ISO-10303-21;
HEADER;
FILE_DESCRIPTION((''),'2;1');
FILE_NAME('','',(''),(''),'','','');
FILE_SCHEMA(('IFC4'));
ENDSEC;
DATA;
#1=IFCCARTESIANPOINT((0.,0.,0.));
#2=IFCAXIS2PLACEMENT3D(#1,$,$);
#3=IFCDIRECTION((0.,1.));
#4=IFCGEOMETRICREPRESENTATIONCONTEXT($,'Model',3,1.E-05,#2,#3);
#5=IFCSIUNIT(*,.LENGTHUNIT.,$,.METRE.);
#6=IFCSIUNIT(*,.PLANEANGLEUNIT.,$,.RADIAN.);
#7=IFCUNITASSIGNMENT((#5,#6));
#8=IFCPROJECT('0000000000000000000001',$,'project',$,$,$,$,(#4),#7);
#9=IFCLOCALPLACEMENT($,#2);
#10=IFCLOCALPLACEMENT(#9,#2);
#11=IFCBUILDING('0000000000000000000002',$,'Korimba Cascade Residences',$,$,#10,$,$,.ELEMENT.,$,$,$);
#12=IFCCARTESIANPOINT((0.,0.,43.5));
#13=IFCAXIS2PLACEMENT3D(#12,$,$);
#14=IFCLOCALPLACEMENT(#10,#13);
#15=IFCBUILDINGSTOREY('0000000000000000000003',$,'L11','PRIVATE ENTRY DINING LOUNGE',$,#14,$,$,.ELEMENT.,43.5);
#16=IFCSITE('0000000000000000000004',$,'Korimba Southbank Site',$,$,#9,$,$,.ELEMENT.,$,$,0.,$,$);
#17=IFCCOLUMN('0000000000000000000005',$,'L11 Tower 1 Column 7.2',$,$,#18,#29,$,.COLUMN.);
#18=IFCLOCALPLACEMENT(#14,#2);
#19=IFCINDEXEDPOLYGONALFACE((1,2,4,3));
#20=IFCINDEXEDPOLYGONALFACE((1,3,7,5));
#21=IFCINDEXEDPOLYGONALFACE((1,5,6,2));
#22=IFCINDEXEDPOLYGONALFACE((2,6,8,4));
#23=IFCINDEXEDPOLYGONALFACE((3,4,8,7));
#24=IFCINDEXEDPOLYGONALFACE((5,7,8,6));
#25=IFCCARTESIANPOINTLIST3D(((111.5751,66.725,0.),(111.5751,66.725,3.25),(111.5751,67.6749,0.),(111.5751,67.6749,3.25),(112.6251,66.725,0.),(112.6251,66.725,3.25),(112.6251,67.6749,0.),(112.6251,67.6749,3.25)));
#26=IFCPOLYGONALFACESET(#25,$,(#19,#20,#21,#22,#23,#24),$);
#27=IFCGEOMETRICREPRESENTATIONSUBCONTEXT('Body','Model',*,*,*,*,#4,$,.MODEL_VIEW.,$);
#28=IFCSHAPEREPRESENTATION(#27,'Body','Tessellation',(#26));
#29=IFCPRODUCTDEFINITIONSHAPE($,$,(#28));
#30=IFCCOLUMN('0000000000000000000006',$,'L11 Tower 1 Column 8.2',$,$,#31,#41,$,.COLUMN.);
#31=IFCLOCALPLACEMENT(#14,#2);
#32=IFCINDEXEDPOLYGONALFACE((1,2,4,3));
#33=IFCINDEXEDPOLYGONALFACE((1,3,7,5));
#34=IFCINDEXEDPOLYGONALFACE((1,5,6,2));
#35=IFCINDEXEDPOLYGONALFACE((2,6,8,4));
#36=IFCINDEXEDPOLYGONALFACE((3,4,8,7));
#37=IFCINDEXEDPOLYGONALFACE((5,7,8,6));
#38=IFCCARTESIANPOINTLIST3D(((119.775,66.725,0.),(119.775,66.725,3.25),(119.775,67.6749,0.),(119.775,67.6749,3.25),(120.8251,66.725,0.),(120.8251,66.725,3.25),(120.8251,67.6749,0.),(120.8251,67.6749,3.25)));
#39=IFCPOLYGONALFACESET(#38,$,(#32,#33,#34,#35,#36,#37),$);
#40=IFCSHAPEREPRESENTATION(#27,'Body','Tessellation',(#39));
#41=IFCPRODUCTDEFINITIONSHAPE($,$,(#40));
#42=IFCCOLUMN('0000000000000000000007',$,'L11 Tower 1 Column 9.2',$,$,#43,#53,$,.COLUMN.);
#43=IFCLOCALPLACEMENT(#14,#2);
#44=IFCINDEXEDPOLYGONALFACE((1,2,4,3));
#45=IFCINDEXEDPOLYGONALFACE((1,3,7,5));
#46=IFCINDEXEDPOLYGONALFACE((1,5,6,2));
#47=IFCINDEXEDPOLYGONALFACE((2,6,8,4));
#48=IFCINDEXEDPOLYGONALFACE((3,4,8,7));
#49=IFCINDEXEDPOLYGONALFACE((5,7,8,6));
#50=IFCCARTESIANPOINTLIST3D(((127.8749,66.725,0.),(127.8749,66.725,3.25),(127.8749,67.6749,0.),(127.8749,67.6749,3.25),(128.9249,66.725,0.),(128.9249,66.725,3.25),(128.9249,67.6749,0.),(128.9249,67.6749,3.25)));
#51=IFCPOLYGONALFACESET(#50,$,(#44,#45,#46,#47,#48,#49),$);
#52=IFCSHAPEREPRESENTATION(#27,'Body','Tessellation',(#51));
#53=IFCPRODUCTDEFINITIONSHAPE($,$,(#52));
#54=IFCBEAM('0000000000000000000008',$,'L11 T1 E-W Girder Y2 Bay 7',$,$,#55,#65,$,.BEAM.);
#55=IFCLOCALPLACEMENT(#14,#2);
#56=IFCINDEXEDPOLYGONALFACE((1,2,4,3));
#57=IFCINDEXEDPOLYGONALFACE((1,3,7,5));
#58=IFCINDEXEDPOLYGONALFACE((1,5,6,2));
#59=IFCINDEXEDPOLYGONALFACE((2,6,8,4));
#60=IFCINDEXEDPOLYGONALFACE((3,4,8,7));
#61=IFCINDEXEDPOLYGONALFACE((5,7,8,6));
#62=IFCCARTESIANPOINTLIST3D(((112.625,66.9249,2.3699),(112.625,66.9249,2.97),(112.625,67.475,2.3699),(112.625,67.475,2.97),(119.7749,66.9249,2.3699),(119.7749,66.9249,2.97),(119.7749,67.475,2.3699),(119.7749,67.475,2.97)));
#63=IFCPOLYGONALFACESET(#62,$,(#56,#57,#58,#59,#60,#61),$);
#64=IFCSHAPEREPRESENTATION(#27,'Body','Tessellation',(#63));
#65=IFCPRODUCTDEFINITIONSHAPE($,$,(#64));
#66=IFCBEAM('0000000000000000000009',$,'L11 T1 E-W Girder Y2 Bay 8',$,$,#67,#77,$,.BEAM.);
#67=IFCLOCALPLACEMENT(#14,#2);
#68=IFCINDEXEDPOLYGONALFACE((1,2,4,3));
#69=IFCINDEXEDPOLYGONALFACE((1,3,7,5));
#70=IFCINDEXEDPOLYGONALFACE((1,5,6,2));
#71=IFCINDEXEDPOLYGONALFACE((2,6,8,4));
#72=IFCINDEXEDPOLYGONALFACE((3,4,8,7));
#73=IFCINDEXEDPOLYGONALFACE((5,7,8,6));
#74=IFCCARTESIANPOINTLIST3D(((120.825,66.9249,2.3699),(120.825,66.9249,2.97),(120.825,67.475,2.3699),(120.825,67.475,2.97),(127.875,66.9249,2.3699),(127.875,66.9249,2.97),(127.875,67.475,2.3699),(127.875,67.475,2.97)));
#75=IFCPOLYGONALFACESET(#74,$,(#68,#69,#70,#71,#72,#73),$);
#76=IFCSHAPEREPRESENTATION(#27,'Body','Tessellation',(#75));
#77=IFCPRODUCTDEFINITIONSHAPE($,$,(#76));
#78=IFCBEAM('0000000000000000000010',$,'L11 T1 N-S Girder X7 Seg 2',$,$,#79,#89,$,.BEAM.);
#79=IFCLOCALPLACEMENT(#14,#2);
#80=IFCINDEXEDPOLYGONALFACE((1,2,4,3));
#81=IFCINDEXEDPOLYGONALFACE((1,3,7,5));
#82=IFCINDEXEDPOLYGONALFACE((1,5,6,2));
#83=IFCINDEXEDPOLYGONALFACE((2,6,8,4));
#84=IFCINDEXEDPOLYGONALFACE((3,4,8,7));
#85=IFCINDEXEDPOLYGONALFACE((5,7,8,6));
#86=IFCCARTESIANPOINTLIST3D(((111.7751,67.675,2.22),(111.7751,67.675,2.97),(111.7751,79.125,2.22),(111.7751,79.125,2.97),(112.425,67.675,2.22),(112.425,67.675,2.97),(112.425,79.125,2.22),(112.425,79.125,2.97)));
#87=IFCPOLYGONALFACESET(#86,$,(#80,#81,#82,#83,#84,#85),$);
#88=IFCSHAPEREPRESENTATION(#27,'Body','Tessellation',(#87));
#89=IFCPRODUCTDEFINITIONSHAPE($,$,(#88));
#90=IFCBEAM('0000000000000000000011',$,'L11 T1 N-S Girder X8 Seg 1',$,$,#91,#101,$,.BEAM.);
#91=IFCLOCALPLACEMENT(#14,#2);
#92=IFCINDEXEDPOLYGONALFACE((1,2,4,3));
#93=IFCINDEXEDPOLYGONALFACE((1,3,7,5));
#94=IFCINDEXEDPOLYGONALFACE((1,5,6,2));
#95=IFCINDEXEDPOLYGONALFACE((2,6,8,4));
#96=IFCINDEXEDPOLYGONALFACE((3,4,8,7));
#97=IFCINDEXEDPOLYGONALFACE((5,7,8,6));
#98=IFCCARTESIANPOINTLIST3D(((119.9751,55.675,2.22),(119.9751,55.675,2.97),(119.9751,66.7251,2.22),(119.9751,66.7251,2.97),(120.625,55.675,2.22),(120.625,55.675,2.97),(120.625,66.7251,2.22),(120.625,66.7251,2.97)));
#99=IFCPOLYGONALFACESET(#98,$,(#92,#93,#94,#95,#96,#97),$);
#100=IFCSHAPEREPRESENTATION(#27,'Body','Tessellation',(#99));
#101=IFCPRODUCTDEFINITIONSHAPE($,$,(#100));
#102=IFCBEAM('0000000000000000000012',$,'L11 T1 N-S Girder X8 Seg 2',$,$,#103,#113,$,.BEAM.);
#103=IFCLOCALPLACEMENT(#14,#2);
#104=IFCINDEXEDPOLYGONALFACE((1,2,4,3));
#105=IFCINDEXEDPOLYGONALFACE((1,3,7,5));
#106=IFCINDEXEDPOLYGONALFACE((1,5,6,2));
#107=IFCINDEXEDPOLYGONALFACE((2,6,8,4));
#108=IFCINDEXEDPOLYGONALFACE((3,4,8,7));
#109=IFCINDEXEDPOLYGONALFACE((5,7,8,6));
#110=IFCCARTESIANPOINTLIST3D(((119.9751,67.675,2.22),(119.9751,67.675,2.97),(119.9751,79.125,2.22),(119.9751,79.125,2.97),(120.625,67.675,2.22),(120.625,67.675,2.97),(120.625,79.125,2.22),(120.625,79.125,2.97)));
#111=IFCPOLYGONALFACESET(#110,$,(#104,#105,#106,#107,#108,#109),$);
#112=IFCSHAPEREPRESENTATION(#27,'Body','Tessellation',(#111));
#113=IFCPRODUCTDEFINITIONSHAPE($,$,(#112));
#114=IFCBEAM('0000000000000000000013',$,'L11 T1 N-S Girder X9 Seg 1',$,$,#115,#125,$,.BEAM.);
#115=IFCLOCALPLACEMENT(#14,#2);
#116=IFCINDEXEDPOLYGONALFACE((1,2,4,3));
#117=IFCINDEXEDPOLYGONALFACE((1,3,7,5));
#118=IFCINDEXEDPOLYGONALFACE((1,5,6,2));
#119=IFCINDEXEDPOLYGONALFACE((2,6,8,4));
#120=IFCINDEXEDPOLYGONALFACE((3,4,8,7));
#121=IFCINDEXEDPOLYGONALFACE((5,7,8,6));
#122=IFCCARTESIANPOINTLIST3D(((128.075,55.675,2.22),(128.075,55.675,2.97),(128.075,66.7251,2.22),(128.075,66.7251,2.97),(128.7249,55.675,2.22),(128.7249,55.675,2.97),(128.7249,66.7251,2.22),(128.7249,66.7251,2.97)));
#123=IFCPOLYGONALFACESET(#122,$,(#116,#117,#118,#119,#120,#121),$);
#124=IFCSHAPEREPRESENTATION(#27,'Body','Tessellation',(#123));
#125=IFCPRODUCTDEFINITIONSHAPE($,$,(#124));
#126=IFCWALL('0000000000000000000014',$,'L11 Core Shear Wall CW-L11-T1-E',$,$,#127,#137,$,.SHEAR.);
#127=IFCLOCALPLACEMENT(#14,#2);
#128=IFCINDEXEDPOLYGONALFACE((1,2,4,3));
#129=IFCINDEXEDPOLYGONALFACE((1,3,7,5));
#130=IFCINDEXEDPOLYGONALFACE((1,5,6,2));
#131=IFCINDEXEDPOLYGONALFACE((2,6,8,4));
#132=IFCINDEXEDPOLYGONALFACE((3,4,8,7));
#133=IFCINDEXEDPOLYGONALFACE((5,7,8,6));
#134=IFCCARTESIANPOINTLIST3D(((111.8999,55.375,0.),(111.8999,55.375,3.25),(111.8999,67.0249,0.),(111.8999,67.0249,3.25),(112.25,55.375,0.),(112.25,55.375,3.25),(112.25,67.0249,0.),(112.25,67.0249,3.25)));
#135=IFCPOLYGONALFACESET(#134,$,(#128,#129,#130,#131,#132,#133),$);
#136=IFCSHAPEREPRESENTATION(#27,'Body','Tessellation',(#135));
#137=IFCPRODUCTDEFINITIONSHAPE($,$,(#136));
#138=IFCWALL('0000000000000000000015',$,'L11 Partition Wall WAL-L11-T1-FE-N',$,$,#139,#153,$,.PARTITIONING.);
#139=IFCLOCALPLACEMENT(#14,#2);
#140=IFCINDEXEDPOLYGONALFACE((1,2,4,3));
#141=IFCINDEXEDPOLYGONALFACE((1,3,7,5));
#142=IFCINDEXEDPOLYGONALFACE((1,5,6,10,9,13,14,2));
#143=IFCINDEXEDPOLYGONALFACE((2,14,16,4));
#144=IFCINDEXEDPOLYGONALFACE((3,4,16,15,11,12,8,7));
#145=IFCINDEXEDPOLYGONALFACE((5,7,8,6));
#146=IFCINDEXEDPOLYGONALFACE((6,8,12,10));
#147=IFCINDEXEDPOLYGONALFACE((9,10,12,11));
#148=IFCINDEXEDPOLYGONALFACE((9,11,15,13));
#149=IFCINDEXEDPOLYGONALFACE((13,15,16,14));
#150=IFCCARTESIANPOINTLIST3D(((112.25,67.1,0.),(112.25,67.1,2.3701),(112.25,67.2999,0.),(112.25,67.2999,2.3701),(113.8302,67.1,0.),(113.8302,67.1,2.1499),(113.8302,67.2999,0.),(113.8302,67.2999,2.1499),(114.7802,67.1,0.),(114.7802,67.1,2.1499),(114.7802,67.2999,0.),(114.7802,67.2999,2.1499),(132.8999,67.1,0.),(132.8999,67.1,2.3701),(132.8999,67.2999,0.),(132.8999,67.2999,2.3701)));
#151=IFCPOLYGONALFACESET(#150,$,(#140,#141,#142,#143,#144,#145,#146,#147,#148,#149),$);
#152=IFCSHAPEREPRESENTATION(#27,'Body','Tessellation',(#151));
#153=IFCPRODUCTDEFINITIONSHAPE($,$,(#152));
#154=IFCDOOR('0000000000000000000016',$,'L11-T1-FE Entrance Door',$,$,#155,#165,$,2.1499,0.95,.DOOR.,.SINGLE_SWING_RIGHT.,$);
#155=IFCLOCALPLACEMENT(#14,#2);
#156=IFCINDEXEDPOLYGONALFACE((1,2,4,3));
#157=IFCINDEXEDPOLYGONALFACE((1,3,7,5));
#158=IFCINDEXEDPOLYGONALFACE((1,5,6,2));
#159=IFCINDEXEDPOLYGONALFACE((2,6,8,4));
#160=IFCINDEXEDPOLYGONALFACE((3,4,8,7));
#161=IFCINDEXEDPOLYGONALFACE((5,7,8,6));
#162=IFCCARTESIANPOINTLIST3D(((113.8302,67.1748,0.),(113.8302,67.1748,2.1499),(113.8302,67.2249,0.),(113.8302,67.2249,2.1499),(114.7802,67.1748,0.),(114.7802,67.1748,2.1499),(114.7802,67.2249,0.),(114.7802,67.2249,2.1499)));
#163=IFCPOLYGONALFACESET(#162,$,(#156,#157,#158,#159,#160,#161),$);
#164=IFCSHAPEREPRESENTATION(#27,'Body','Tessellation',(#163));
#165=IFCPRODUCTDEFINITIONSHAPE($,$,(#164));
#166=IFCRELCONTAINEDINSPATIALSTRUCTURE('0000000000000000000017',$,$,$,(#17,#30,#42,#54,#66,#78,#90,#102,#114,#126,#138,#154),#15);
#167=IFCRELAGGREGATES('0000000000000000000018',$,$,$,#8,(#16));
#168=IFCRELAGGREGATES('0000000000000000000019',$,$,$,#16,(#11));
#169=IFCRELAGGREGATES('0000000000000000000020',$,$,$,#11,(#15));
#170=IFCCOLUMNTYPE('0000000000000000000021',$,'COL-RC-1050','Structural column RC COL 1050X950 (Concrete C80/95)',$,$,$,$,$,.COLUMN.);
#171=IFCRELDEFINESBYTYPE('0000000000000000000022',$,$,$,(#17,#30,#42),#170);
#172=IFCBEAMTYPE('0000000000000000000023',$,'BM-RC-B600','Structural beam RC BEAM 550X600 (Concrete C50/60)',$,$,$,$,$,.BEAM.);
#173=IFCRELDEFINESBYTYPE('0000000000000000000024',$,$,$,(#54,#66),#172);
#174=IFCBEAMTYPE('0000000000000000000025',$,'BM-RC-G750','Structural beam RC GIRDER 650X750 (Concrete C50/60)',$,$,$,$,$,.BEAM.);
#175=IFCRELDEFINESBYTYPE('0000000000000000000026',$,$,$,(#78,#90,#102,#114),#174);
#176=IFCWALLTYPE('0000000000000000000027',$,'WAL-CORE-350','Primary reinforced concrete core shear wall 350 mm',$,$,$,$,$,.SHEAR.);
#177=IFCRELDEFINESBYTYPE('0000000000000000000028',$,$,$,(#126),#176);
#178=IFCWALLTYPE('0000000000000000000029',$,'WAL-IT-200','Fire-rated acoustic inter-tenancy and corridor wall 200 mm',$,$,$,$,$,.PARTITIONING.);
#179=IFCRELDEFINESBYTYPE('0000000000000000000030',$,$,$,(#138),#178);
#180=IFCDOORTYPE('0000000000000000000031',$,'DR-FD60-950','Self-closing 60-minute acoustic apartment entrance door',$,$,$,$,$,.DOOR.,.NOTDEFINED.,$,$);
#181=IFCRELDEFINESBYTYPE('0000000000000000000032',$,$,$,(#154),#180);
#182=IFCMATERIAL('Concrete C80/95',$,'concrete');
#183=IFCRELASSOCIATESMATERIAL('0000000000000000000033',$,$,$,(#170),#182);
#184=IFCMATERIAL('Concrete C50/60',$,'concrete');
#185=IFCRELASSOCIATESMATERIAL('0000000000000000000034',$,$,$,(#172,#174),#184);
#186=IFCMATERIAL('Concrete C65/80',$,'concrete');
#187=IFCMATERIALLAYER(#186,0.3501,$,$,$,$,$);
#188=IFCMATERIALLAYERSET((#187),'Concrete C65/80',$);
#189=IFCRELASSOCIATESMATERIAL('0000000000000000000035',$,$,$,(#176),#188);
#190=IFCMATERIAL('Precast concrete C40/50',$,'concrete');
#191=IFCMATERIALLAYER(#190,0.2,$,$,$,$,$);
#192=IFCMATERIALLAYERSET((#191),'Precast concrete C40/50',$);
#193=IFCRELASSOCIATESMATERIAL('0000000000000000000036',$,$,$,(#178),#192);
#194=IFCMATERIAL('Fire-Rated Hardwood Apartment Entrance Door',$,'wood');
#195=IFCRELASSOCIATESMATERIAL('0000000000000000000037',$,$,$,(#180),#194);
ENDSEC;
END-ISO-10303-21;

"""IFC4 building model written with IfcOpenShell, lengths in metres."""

from ifc_helpers import new_model, si_unit, direction, frame, frame_2d, origin, origin_2d, place, context, subcontext, project, spatial, rectangle, extrude, material, layer, layer_set, material_profile, profile_set, type_object, element, fill, save


model = new_model("IFC4")

# Units and contexts
model_context = context("Model", 3, precision=1e-05, world=origin(), true_north=direction((0.0, 1.0)))
body_context = subcontext(model_context, "Body", "Model", "MODEL_VIEW")
ifc_project = project(units=[si_unit("LENGTHUNIT", "METRE"), si_unit("PLANEANGLEUNIT", "RADIAN")], contexts=[model_context])

# Site, building, storey
site_placement = place(None, origin())
site = spatial("IfcSite", under=ifc_project, at=site_placement, Name="Korimba Southbank Site", CompositionType="ELEMENT", RefElevation=0.0)
building_placement = place(site_placement, origin())
building = spatial("IfcBuilding", under=site, at=building_placement, Name="Korimba Cascade Residences", CompositionType="ELEMENT")
storey_placement = place(building_placement, frame((0.0, 0.0, 43.5)))
storey = spatial("IfcBuildingStorey", under=building, at=storey_placement, Name="L11", Description="PRIVATE ENTRY DINING LOUNGE", CompositionType="ELEMENT", Elevation=43.5)

# Columns
ifc_material_1 = material(Name="Concrete C80/95", Category="concrete")
ifc_material_profile_1 = material_profile(ifc_material_1, rectangle(XDim=1.05, YDim=0.95, at=origin_2d()), Name="Concrete C80/95")
ifc_profile_set_1 = profile_set([ifc_material_profile_1], Name="Concrete C80/95")
column_type = type_object("IfcColumnType", Name="COL-RC-1050", Description="Structural column RC COL 1050X950 (Concrete C80/95)", PredefinedType="COLUMN", material=ifc_profile_set_1)
for number, where, z_axis, x_axis, name in (
    (1, (112.1001, 67.2, 0.0), (0.0, 0.0, 1.0), (1.0, 0.0, 0.0), "L11 Tower 1 Column 7.2"),
    (2, (120.3, 67.2, 0.0), (0.0, 0.0, 1.0), (1.0, 0.0, 0.0), "L11 Tower 1 Column 8.2"),
    (3, (128.3999, 67.2, 0.0), (0.0, 0.0, 1.0), (1.0, 0.0, 0.0), "L11 Tower 1 Column 9.2"),
):
    element("IfcColumn", number, at=place(storey_placement, frame(where, z_axis=z_axis, x_axis=x_axis)), inside=storey, type_object=column_type, Name=name, PredefinedType="COLUMN", context=body_context, shape_type="SweptSolid", body=[
        extrude(rectangle(XDim=1.05, YDim=0.95, at=origin_2d()), origin(), (0.0, 0.0, 1.0), 3.25),
    ])

# Beams
ifc_material_2 = material(Name="Concrete C50/60", Category="concrete")
ifc_material_profile_2 = material_profile(ifc_material_2, rectangle(XDim=0.55, YDim=0.6001, at=origin_2d()), Name="Concrete C50/60")
ifc_profile_set_2 = profile_set([ifc_material_profile_2], Name="Concrete C50/60")
beam_type_1 = type_object("IfcBeamType", Name="BM-RC-B600", Description="Structural beam RC BEAM 550X600 (Concrete C50/60)", PredefinedType="BEAM", material=ifc_profile_set_2)
beam_1_placement = place(storey_placement, frame((112.625, 67.2, 2.6699), z_axis=(1.0, 0.0, 0.0), x_axis=(0.0, 1.0, 0.0)))
element("IfcBeam", 4, at=beam_1_placement, inside=storey, type_object=beam_type_1, Name="L11 T1 E-W Girder Y2 Bay 7", PredefinedType="BEAM", context=body_context, shape_type="SweptSolid", body=[
    extrude(rectangle(XDim=0.55, YDim=0.6001, at=origin_2d()), origin(), (0.0, 0.0, 1.0), 7.1499),
])
beam_2_placement = place(storey_placement, frame((120.825, 67.2, 2.6699), z_axis=(1.0, 0.0, 0.0), x_axis=(0.0, 1.0, 0.0)))
element("IfcBeam", 5, at=beam_2_placement, inside=storey, type_object=beam_type_1, Name="L11 T1 E-W Girder Y2 Bay 8", PredefinedType="BEAM", context=body_context, shape_type="SweptSolid", body=[
    extrude(rectangle(XDim=0.55, YDim=0.6001, at=origin_2d()), origin(), (0.0, 0.0, 1.0), 7.05),
])
ifc_material_profile_3 = material_profile(ifc_material_2, rectangle(XDim=0.6499, YDim=0.75, at=origin_2d()), Name="Concrete C50/60")
ifc_profile_set_3 = profile_set([ifc_material_profile_3], Name="Concrete C50/60")
beam_type_2 = type_object("IfcBeamType", Name="BM-RC-G750", Description="Structural beam RC GIRDER 650X750 (Concrete C50/60)", PredefinedType="BEAM", material=ifc_profile_set_3)
beam_3_placement = place(storey_placement, frame((112.1001, 67.675, 2.595), z_axis=(0.0, 1.0, 0.0), x_axis=(-1.0, 0.0, 0.0)))
element("IfcBeam", 6, at=beam_3_placement, inside=storey, type_object=beam_type_2, Name="L11 T1 N-S Girder X7 Seg 2", PredefinedType="BEAM", context=body_context, shape_type="SweptSolid", body=[
    extrude(rectangle(XDim=0.6499, YDim=0.75, at=origin_2d()), origin(), (0.0, 0.0, 1.0), 11.45),
])
beam_4_placement = place(storey_placement, frame((120.3, 55.675, 2.595), z_axis=(0.0, 1.0, 0.0), x_axis=(-1.0, 0.0, 0.0)))
element("IfcBeam", 7, at=beam_4_placement, inside=storey, type_object=beam_type_2, Name="L11 T1 N-S Girder X8 Seg 1", PredefinedType="BEAM", context=body_context, shape_type="SweptSolid", body=[
    extrude(rectangle(XDim=0.6499, YDim=0.75, at=origin_2d()), origin(), (0.0, 0.0, 1.0), 11.05),
])
beam_5_placement = place(storey_placement, frame((120.3, 67.675, 2.595), z_axis=(0.0, 1.0, 0.0), x_axis=(-1.0, 0.0, 0.0)))
element("IfcBeam", 8, at=beam_5_placement, inside=storey, type_object=beam_type_2, Name="L11 T1 N-S Girder X8 Seg 2", PredefinedType="BEAM", context=body_context, shape_type="SweptSolid", body=[
    extrude(rectangle(XDim=0.6499, YDim=0.75, at=origin_2d()), origin(), (0.0, 0.0, 1.0), 11.45),
])
beam_6_placement = place(storey_placement, frame((128.3999, 55.675, 2.595), z_axis=(0.0, 1.0, 0.0), x_axis=(-1.0, 0.0, 0.0)))
element("IfcBeam", 9, at=beam_6_placement, inside=storey, type_object=beam_type_2, Name="L11 T1 N-S Girder X9 Seg 1", PredefinedType="BEAM", context=body_context, shape_type="SweptSolid", body=[
    extrude(rectangle(XDim=0.6499, YDim=0.75, at=origin_2d()), origin(), (0.0, 0.0, 1.0), 11.05),
])

# Wall
ifc_material_3 = material(Name="Concrete C65/80", Category="concrete")
ifc_layer_1 = layer(ifc_material_3, 0.3501)
ifc_layer_set_1 = layer_set([ifc_layer_1], Name="Concrete C65/80")
wall_type_1 = type_object("IfcWallType", Name="WAL-CORE-350", Description="Primary reinforced concrete core shear wall 350 mm", PredefinedType="SHEAR", material=ifc_layer_set_1)
wall_1_placement = place(storey_placement, frame((112.075, 55.375, 0.0), z_axis=(0.0, 0.0, 1.0), x_axis=(0.0, 1.0, 0.0)))
element("IfcWall", 10, at=wall_1_placement, inside=storey, type_object=wall_type_1, Name="L11 Core Shear Wall CW-L11-T1-E", PredefinedType="SHEAR", context=body_context, shape_type="SweptSolid", body=[
    extrude(rectangle(XDim=11.6499, YDim=0.3501, at=frame_2d((5.825, 0.0))), origin(), (0.0, 0.0, 1.0), 3.25),
])

# Wall, opening, door
ifc_material_4 = material(Name="Precast concrete C40/50", Category="concrete")
ifc_layer_2 = layer(ifc_material_4, 0.2)
ifc_layer_set_2 = layer_set([ifc_layer_2], Name="Precast concrete C40/50")
wall_type_2 = type_object("IfcWallType", Name="WAL-IT-200", Description="Fire-rated acoustic inter-tenancy and corridor wall 200 mm", PredefinedType="PARTITIONING", material=ifc_layer_set_2)
wall_2_placement = place(storey_placement, frame((112.25, 67.2, 0.0), z_axis=(0.0, 0.0, 1.0), x_axis=(1.0, 0.0, 0.0)))
wall_2 = element("IfcWall", 11, at=wall_2_placement, inside=storey, type_object=wall_type_2, Name="L11 Partition Wall WAL-L11-T1-FE-N", PredefinedType="PARTITIONING", context=body_context, shape_type="SweptSolid", body=[
    extrude(rectangle(XDim=20.6499, YDim=0.2, at=frame_2d((10.325, 0.0))), origin(), (0.0, 0.0, 1.0), 2.3701),
])
opening_1_placement = place(wall_2_placement, frame((1.5801, 0.0, 0.0)))
opening_1 = element("IfcOpeningElement", 12, at=opening_1_placement, cuts=wall_2, PredefinedType="OPENING", context=body_context, shape_type="SweptSolid", body=[
    extrude(rectangle(XDim=0.95, YDim=2.1499, at=frame_2d((0.4751, 1.075))), frame((0.0, 0.1099, 0.0), z_axis=(0.0, -1.0, 0.0), x_axis=(1.0, 0.0, 0.0)), (0.0, 0.0, 1.0), 0.22),
])
ifc_material_5 = material(Name="Fire-Rated Hardwood Apartment Entrance Door", Category="wood")
door_type_1 = type_object("IfcDoorType", Name="DR-FD60-950", Description="Self-closing 60-minute acoustic apartment entrance door", OperationType="NOTDEFINED", PredefinedType="DOOR", material=ifc_material_5)
door_1_placement = place(opening_1_placement, origin())
door_1 = element("IfcDoor", 13, at=door_1_placement, inside=storey, type_object=door_type_1, Name="L11-T1-FE Entrance Door", OperationType="SINGLE_SWING_RIGHT", OverallHeight=2.1499, OverallWidth=0.95, PredefinedType="DOOR", context=body_context, shape_type="SweptSolid", body=[
    extrude(rectangle(XDim=0.95, YDim=2.1499, at=frame_2d((0.4751, 1.075))), frame((0.0, 0.0249, 0.0), z_axis=(0.0, -1.0, 0.0), x_axis=(1.0, 0.0, 0.0)), (0.0, 0.0, 1.0), 0.05),
])
fill(opening_1, door_1)

save(model, "model.ifc")
